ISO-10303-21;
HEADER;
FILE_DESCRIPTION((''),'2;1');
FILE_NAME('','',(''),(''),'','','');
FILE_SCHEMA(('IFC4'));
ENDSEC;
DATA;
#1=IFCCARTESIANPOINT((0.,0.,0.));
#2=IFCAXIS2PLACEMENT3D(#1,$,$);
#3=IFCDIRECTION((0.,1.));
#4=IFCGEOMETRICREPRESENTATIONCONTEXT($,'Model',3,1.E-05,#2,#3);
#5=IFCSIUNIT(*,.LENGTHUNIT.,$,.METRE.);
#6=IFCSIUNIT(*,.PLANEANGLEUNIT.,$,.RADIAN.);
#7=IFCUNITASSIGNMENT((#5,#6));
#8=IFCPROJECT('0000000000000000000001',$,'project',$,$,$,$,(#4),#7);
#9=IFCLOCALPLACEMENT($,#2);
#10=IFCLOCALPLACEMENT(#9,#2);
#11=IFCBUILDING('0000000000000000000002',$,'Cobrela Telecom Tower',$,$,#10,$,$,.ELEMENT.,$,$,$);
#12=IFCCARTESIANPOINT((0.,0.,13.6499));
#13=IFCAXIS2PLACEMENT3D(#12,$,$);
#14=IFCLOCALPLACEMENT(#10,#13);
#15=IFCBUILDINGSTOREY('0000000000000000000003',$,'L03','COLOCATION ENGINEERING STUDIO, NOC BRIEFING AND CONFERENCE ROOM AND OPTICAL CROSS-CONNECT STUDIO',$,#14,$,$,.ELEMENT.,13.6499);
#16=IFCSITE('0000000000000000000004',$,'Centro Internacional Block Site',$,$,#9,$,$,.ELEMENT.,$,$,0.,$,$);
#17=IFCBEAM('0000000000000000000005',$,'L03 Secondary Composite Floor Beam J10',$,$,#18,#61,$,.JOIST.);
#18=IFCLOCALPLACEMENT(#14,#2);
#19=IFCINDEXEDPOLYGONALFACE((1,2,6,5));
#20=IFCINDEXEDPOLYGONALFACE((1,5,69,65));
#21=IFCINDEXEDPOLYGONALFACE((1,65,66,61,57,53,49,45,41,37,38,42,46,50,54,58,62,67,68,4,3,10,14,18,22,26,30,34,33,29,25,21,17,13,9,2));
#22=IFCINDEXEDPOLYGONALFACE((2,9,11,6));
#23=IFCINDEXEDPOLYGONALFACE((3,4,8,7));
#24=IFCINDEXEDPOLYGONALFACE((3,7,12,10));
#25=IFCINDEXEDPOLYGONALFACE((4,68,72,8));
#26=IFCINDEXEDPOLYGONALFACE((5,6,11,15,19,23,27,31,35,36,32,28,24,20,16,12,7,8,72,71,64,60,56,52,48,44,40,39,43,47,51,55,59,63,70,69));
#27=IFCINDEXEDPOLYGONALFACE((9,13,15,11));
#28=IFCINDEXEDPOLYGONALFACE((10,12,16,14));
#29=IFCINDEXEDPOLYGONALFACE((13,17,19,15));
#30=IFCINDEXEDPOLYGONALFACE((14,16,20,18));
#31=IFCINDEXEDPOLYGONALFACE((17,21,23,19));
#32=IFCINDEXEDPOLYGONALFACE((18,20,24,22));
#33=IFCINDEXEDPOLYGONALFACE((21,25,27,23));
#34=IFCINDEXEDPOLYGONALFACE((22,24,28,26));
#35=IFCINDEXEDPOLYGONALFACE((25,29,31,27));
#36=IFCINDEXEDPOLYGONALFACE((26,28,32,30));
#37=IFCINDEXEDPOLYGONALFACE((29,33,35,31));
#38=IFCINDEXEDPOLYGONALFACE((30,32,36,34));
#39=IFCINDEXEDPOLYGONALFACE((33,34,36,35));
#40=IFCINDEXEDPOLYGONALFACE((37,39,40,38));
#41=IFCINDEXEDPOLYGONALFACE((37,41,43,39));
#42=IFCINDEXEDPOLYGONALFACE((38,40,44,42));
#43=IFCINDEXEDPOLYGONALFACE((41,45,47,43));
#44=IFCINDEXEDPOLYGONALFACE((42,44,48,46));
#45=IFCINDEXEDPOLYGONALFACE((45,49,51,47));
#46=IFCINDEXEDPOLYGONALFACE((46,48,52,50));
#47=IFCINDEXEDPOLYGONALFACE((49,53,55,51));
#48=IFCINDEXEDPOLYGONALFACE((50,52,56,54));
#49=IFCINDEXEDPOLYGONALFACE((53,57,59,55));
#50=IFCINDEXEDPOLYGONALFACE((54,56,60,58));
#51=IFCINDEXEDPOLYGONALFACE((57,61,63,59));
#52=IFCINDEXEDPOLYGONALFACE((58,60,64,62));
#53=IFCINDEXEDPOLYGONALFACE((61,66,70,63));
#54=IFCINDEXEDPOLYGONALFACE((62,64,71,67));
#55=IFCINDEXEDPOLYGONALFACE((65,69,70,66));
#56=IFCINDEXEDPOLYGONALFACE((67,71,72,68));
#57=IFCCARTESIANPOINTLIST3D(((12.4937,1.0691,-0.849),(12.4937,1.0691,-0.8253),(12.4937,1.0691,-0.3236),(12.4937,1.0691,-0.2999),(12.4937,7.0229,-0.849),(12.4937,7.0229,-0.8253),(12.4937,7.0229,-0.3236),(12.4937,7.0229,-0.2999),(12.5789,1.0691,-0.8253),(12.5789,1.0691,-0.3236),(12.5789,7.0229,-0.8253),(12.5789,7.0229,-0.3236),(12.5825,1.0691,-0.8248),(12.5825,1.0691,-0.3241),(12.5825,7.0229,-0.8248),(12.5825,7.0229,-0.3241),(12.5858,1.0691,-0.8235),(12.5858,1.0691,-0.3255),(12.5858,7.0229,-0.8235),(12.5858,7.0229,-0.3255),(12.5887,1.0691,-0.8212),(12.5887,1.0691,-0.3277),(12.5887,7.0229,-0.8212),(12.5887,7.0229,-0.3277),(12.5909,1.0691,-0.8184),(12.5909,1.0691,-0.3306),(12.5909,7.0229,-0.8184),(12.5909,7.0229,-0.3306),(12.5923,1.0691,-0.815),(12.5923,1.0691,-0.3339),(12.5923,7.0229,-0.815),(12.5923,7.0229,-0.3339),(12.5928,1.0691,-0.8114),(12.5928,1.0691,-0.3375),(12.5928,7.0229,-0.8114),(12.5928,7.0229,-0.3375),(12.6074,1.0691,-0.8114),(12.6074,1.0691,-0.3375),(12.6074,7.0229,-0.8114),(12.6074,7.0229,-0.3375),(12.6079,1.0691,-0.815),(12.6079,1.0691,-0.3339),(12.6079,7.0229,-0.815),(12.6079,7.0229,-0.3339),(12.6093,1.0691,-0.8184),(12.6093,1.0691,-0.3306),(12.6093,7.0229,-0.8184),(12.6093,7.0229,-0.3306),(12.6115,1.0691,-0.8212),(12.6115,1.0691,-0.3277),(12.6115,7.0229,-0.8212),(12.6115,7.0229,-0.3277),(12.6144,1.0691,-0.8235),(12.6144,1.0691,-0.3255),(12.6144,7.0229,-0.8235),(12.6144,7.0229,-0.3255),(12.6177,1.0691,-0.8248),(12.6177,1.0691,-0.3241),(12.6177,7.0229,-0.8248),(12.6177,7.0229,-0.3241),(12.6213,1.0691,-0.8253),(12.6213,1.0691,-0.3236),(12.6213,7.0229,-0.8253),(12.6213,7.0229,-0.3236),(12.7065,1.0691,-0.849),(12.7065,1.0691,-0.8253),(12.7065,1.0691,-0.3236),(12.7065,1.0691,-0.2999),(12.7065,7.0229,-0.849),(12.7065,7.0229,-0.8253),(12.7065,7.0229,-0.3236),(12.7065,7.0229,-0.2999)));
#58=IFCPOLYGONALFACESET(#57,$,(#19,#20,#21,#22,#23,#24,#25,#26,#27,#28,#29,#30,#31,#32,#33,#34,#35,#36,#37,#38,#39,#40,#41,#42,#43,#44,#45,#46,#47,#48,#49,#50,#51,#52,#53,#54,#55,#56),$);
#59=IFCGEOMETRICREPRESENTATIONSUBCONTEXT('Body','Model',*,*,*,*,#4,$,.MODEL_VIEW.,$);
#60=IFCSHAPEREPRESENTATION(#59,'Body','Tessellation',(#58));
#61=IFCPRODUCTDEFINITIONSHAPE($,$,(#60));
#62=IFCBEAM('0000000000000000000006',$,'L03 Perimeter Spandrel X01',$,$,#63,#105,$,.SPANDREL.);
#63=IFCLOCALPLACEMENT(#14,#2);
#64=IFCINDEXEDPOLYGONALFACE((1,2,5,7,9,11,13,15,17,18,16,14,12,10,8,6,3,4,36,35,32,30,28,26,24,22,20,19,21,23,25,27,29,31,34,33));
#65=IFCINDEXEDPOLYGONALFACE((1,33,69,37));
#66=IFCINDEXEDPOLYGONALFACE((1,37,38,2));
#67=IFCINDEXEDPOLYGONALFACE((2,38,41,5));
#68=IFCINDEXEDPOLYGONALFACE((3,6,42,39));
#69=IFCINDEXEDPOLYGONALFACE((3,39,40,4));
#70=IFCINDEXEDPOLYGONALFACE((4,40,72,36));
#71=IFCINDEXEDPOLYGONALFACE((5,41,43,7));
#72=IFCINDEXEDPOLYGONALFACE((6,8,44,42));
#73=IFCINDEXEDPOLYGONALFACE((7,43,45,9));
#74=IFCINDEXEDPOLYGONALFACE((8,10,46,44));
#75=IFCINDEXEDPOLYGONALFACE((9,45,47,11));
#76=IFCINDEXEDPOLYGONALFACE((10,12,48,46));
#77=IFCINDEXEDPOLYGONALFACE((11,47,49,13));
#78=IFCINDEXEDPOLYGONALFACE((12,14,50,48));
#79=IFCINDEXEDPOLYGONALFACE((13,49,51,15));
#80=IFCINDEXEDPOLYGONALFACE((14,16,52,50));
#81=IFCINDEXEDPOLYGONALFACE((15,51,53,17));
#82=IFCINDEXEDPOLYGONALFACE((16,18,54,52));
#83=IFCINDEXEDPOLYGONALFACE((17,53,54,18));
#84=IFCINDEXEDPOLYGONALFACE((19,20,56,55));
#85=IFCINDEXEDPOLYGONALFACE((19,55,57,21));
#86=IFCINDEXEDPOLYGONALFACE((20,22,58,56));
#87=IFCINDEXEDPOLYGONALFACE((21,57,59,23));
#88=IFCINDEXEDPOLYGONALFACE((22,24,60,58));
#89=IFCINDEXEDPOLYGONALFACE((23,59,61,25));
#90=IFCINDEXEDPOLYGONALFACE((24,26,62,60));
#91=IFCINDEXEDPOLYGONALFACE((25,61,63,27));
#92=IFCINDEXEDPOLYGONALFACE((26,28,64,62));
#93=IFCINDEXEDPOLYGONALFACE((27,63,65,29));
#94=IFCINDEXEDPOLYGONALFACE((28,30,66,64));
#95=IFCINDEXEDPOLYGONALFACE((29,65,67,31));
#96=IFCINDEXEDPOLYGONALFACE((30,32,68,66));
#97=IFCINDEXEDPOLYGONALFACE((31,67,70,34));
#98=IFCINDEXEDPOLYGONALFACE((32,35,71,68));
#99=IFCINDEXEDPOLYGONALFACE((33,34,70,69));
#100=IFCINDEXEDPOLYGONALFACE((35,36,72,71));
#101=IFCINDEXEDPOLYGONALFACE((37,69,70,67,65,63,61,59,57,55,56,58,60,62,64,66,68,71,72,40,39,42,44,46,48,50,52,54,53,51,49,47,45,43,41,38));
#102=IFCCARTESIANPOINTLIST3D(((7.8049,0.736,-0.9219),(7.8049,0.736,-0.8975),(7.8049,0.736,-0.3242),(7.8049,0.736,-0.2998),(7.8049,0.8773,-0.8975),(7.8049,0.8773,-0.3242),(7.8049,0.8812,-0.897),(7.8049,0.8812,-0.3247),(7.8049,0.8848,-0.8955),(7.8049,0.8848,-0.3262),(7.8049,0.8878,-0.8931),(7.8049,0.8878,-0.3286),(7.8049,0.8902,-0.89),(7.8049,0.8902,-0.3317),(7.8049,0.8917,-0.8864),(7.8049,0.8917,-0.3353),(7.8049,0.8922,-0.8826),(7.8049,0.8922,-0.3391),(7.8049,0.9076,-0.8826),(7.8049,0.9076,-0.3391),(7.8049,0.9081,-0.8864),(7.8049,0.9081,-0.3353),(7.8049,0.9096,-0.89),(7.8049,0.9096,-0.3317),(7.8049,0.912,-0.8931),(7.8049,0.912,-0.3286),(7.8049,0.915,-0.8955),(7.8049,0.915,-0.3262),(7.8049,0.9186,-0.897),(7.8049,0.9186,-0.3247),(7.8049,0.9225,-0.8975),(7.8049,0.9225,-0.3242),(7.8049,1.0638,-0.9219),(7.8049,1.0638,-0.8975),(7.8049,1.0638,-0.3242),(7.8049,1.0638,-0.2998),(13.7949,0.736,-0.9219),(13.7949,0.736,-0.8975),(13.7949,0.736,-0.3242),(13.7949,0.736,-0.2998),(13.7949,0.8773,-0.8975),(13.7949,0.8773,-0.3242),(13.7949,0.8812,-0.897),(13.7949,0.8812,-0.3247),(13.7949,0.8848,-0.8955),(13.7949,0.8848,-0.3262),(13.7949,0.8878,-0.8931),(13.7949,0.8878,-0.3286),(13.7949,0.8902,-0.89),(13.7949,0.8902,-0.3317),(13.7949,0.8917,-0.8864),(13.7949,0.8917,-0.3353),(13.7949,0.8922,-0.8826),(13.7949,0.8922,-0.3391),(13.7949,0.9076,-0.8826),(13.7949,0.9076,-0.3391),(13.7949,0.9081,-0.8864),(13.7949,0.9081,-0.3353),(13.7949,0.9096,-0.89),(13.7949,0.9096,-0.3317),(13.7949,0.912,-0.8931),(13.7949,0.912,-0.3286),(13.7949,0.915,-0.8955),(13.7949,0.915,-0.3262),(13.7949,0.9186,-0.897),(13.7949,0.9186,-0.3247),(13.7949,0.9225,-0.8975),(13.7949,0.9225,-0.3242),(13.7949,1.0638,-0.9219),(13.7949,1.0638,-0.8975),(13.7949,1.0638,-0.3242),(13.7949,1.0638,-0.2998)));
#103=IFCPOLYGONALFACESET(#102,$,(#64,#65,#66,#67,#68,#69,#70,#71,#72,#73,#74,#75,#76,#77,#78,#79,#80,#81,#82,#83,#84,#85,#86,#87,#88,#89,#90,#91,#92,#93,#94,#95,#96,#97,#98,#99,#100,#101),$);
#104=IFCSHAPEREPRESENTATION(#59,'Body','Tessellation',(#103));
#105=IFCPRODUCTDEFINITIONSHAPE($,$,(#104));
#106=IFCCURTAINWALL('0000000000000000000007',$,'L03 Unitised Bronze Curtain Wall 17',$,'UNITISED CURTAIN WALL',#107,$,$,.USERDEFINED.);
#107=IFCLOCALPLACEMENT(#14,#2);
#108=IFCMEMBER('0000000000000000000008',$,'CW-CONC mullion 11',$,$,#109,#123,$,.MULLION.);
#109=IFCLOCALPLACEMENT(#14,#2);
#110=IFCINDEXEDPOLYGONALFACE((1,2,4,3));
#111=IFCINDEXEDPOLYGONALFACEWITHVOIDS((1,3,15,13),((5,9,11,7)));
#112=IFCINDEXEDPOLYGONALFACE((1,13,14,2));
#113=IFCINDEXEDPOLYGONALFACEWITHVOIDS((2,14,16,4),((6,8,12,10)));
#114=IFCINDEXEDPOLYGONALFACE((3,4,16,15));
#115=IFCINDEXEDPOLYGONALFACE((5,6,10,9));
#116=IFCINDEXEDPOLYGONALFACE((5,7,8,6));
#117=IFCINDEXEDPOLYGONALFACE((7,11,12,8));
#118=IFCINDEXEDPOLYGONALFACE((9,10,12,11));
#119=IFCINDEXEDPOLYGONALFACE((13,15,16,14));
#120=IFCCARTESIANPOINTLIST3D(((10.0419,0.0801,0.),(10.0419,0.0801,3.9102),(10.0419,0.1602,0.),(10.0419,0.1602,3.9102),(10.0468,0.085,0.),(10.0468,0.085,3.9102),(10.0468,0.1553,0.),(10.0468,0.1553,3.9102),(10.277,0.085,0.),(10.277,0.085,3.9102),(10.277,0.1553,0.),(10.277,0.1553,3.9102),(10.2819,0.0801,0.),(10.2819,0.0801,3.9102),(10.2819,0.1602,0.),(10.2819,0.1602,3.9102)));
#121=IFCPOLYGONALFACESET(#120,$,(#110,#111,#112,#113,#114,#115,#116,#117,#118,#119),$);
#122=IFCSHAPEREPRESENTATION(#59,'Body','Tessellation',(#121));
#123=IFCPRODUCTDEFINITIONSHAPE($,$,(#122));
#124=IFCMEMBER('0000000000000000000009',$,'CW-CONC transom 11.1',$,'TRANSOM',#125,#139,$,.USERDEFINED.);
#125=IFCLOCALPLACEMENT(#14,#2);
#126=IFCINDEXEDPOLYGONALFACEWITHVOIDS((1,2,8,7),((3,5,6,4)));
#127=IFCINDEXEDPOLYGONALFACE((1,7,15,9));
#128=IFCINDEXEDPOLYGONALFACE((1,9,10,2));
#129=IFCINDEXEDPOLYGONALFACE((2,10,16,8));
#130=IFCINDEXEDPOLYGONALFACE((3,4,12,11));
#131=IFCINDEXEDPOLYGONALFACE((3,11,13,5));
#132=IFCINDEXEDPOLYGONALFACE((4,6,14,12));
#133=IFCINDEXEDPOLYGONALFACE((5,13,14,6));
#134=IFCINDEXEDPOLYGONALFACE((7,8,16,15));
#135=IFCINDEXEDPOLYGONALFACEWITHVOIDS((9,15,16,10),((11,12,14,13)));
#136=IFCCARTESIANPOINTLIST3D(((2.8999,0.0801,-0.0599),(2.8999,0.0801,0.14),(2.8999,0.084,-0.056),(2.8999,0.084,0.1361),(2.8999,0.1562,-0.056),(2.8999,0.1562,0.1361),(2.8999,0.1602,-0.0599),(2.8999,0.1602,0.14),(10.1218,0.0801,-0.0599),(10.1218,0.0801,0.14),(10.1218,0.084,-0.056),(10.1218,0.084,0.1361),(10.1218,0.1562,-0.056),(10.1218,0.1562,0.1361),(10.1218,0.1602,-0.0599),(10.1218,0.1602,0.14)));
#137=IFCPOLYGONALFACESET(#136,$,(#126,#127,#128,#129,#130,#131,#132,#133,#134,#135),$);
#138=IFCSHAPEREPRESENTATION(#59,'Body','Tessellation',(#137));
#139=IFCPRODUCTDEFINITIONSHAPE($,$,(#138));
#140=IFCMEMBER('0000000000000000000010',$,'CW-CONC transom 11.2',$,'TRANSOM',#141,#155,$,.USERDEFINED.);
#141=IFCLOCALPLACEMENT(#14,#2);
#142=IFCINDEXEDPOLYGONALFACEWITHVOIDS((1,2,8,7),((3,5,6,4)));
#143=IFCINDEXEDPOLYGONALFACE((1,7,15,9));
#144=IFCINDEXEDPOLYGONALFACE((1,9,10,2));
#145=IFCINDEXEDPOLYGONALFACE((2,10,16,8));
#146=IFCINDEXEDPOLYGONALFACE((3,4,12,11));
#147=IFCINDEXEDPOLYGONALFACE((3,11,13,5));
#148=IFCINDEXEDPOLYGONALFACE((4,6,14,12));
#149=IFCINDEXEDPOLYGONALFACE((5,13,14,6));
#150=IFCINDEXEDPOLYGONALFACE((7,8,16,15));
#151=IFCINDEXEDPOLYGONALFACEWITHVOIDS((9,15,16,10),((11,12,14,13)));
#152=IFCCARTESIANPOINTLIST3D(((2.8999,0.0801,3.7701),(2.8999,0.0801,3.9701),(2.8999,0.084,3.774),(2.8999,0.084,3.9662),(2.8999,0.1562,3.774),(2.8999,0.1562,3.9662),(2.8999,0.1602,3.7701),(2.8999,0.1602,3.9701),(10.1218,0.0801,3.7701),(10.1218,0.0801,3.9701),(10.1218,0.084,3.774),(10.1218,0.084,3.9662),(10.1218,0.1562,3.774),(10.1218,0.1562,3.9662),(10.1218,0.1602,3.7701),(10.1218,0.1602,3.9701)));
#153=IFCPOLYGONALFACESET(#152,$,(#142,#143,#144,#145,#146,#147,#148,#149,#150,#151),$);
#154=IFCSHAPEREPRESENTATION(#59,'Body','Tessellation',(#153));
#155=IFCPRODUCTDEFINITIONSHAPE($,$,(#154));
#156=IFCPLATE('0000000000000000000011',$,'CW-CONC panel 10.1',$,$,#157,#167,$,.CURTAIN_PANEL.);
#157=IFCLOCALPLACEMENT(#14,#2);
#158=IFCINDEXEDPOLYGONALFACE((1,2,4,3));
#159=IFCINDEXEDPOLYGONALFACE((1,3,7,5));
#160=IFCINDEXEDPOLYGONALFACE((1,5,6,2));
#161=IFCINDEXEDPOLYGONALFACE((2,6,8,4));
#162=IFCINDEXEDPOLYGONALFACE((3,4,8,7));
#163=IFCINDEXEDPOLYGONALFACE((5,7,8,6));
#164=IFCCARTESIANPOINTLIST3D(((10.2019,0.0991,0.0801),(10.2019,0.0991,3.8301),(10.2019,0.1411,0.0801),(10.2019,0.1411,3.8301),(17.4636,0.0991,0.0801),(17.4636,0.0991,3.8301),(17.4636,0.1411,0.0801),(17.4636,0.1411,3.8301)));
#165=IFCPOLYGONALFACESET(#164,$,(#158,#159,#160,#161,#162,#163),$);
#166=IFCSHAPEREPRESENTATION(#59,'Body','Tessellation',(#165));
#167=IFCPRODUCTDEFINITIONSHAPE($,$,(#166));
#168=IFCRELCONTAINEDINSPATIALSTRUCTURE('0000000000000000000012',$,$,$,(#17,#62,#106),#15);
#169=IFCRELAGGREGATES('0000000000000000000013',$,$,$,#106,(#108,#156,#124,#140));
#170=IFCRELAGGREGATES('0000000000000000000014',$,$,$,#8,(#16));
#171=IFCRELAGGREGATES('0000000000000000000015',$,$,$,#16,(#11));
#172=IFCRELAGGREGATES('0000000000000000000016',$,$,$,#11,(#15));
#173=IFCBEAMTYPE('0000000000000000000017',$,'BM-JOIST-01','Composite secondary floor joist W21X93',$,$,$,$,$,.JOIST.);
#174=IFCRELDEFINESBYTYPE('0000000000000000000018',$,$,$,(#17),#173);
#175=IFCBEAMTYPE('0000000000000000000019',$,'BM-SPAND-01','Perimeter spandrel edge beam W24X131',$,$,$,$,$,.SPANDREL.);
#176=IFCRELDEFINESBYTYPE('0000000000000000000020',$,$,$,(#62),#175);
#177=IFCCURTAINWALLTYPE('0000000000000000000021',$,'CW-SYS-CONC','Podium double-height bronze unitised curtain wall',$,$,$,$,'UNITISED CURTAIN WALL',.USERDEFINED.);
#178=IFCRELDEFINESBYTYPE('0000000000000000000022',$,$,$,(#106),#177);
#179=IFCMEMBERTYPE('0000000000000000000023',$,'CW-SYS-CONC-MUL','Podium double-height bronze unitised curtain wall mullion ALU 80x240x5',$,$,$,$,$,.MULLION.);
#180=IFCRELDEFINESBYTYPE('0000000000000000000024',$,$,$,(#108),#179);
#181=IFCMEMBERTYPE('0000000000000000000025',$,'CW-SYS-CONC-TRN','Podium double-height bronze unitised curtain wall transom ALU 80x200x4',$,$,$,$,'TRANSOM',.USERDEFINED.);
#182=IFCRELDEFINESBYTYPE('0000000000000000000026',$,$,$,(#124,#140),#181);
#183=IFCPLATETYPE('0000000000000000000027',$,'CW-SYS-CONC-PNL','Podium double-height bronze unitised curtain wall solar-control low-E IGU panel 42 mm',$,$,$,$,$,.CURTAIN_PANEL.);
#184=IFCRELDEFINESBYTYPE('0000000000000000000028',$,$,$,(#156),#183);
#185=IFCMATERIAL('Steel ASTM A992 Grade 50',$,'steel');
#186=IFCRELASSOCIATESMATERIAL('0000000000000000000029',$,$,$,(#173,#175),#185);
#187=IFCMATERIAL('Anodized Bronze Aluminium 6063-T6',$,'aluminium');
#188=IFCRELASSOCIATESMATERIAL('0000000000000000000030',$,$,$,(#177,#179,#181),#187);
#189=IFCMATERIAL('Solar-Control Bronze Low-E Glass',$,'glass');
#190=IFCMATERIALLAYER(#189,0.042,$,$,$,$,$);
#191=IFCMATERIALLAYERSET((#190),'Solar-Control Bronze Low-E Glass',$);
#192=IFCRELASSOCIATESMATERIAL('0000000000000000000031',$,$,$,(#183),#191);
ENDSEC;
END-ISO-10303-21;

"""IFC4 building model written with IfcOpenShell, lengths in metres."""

from ifc_helpers import new_model, si_unit, direction, frame, origin, origin_2d, place, context, subcontext, project, spatial, rectangle, hollow_rectangle, i_section, extrude, material, layer, layer_set, material_profile, profile_set, type_object, element, aggregate, save


model = new_model("IFC4")

# Units and contexts
model_context = context("Model", 3, precision=1e-05, world=origin(), true_north=direction((0.0, 1.0)))
body_context = subcontext(model_context, "Body", "Model", "MODEL_VIEW")
ifc_project = project(units=[si_unit("LENGTHUNIT", "METRE"), si_unit("PLANEANGLEUNIT", "RADIAN")], contexts=[model_context])

# Site, building, storey
site_placement = place(None, origin())
site = spatial("IfcSite", under=ifc_project, at=site_placement, Name="Centro Internacional Block Site", CompositionType="ELEMENT", RefElevation=0.0)
building_placement = place(site_placement, origin())
building = spatial("IfcBuilding", under=site, at=building_placement, Name="Cobrela Telecom Tower", CompositionType="ELEMENT")
storey_placement = place(building_placement, frame((0.0, 0.0, 13.6499)))
storey = spatial("IfcBuildingStorey", under=building, at=storey_placement, Name="L03", Description="COLOCATION ENGINEERING STUDIO, NOC BRIEFING AND CONFERENCE ROOM AND OPTICAL CROSS-CONNECT STUDIO", CompositionType="ELEMENT", Elevation=13.6499)

# Beams
ifc_material_1 = material(Name="Steel ASTM A992 Grade 50", Category="steel")
ifc_material_profile_1 = material_profile(ifc_material_1, i_section(OverallWidth=0.2129, OverallDepth=0.5491, WebThickness=0.0146, FlangeThickness=0.0237, FilletRadius=0.0139, at=origin_2d()), Name="W21X93")
ifc_profile_set_1 = profile_set([ifc_material_profile_1], Name="Steel ASTM A992 Grade 50")
beam_type_1 = type_object("IfcBeamType", Name="BM-JOIST-01", Description="Composite secondary floor joist W21X93", PredefinedType="JOIST", material=ifc_profile_set_1)
for number, where, z_axis, x_axis, name in (
    (1, (12.6001, 1.0691, -0.5745), (0.0, 1.0, 0.0), (-1.0, 0.0, 0.0), "L03 Secondary Composite Floor Beam J10"),
):
    element("IfcBeam", number, at=place(storey_placement, frame(where, z_axis=z_axis, x_axis=x_axis)), inside=storey, type_object=beam_type_1, Name=name, PredefinedType="JOIST", context=body_context, shape_type="SweptSolid", body=[
        extrude(i_section(OverallWidth=0.2129, OverallDepth=0.5491, WebThickness=0.0146, FlangeThickness=0.0237, FilletRadius=0.0139, at=origin_2d()), origin(), (0.0, 0.0, 1.0), 5.9539),
    ])
ifc_material_profile_2 = material_profile(ifc_material_1, i_section(OverallWidth=0.3279, OverallDepth=0.6221, WebThickness=0.0154, FlangeThickness=0.0244, FilletRadius=0.0149, at=origin_2d()), Name="W24X131")
ifc_profile_set_2 = profile_set([ifc_material_profile_2], Name="Steel ASTM A992 Grade 50")
beam_type_2 = type_object("IfcBeamType", Name="BM-SPAND-01", Description="Perimeter spandrel edge beam W24X131", PredefinedType="SPANDREL", material=ifc_profile_set_2)
beam_1_placement = place(storey_placement, frame((7.8049, 0.8999, -0.6108), z_axis=(1.0, 0.0, 0.0), x_axis=(0.0, 1.0, 0.0)))
element("IfcBeam", 2, at=beam_1_placement, inside=storey, type_object=beam_type_2, Name="L03 Perimeter Spandrel X01", PredefinedType="SPANDREL", context=body_context, shape_type="SweptSolid", body=[
    extrude(i_section(OverallWidth=0.3279, OverallDepth=0.6221, WebThickness=0.0154, FlangeThickness=0.0244, FilletRadius=0.0149, at=origin_2d()), origin(), (0.0, 0.0, 1.0), 5.99),
])

# Curtain wall, members, plate
ifc_material_2 = material(Name="Anodized Bronze Aluminium 6063-T6", Category="aluminium")
curtain_wall_type = type_object("IfcCurtainWallType", Name="CW-SYS-CONC", Description="Podium double-height bronze unitised curtain wall", ElementType="UNITISED CURTAIN WALL", PredefinedType="USERDEFINED", material=ifc_material_2)
curtain_wall_placement = place(storey_placement, origin())
curtain_wall = element("IfcCurtainWall", 3, at=curtain_wall_placement, inside=storey, type_object=curtain_wall_type, Name="L03 Unitised Bronze Curtain Wall 17", ObjectType="UNITISED CURTAIN WALL", PredefinedType="USERDEFINED")
ifc_material_profile_3 = material_profile(ifc_material_2, hollow_rectangle(XDim=0.0801, YDim=0.24, WallThickness=0.0049, at=origin_2d()), Name="ALU 80x240x5")
ifc_profile_set_3 = profile_set([ifc_material_profile_3], Name="Anodized Bronze Aluminium 6063-T6")
member_type_1 = type_object("IfcMemberType", Name="CW-SYS-CONC-MUL", Description="Podium double-height bronze unitised curtain wall mullion ALU 80x240x5", PredefinedType="MULLION", material=ifc_profile_set_3)
member_1_placement = place(storey_placement, frame((10.1619, 0.1201, 0.0), z_axis=(0.0, 0.0, 1.0), x_axis=(0.0, -1.0, 0.0)))
member_1 = element("IfcMember", 4, at=member_1_placement, type_object=member_type_1, Name="CW-CONC mullion 11", PredefinedType="MULLION", context=body_context, shape_type="SweptSolid", body=[
    extrude(hollow_rectangle(XDim=0.0801, YDim=0.24, WallThickness=0.0049, at=origin_2d()), origin(), (0.0, 0.0, 1.0), 3.9102),
])
ifc_material_profile_4 = material_profile(ifc_material_2, hollow_rectangle(XDim=0.0801, YDim=0.2, WallThickness=0.0039, at=origin_2d()), Name="ALU 80x200x4")
ifc_profile_set_4 = profile_set([ifc_material_profile_4], Name="Anodized Bronze Aluminium 6063-T6")
member_type_2 = type_object("IfcMemberType", Name="CW-SYS-CONC-TRN", Description="Podium double-height bronze unitised curtain wall transom ALU 80x200x4", ElementType="TRANSOM", PredefinedType="USERDEFINED", material=ifc_profile_set_4)
member_2_placement = place(storey_placement, frame((10.1218, 0.1201, 0.04), z_axis=(-1.0, 0.0, 0.0), x_axis=(0.0, -1.0, 0.0)))
member_2 = element("IfcMember", 5, at=member_2_placement, type_object=member_type_2, Name="CW-CONC transom 11.1", ObjectType="TRANSOM", PredefinedType="USERDEFINED", context=body_context, shape_type="SweptSolid", body=[
    extrude(hollow_rectangle(XDim=0.0801, YDim=0.2, WallThickness=0.0039, at=origin_2d()), origin(), (0.0, 0.0, 1.0), 7.2219),
])
member_3_placement = place(storey_placement, frame((10.1218, 0.1201, 3.8701), z_axis=(-1.0, 0.0, 0.0), x_axis=(0.0, -1.0, 0.0)))
member_3 = element("IfcMember", 6, at=member_3_placement, type_object=member_type_2, Name="CW-CONC transom 11.2", ObjectType="TRANSOM", PredefinedType="USERDEFINED", context=body_context, shape_type="SweptSolid", body=[
    extrude(hollow_rectangle(XDim=0.0801, YDim=0.2, WallThickness=0.0039, at=origin_2d()), origin(), (0.0, 0.0, 1.0), 7.2219),
])
ifc_material_3 = material(Name="Solar-Control Bronze Low-E Glass", Category="glass")
ifc_layer_1 = layer(ifc_material_3, 0.042)
ifc_layer_set_1 = layer_set([ifc_layer_1], Name="Solar-Control Bronze Low-E Glass")
plate_type = type_object("IfcPlateType", Name="CW-SYS-CONC-PNL", Description="Podium double-height bronze unitised curtain wall solar-control low-E IGU panel 42 mm", PredefinedType="CURTAIN_PANEL", material=ifc_layer_set_1)
plate_placement = place(storey_placement, frame((13.8328, 0.1201, 0.0801), z_axis=(0.0, 0.0, 1.0), x_axis=(-1.0, 0.0, 0.0)))
plate = element("IfcPlate", 7, at=plate_placement, type_object=plate_type, Name="CW-CONC panel 10.1", PredefinedType="CURTAIN_PANEL", context=body_context, shape_type="SweptSolid", body=[
    extrude(rectangle(XDim=7.2617, YDim=0.042, at=origin_2d()), origin(), (0.0, 0.0, 1.0), 3.75),
])
aggregate(curtain_wall, [member_1, plate, member_2, member_3])

save(model, "model.ifc")
